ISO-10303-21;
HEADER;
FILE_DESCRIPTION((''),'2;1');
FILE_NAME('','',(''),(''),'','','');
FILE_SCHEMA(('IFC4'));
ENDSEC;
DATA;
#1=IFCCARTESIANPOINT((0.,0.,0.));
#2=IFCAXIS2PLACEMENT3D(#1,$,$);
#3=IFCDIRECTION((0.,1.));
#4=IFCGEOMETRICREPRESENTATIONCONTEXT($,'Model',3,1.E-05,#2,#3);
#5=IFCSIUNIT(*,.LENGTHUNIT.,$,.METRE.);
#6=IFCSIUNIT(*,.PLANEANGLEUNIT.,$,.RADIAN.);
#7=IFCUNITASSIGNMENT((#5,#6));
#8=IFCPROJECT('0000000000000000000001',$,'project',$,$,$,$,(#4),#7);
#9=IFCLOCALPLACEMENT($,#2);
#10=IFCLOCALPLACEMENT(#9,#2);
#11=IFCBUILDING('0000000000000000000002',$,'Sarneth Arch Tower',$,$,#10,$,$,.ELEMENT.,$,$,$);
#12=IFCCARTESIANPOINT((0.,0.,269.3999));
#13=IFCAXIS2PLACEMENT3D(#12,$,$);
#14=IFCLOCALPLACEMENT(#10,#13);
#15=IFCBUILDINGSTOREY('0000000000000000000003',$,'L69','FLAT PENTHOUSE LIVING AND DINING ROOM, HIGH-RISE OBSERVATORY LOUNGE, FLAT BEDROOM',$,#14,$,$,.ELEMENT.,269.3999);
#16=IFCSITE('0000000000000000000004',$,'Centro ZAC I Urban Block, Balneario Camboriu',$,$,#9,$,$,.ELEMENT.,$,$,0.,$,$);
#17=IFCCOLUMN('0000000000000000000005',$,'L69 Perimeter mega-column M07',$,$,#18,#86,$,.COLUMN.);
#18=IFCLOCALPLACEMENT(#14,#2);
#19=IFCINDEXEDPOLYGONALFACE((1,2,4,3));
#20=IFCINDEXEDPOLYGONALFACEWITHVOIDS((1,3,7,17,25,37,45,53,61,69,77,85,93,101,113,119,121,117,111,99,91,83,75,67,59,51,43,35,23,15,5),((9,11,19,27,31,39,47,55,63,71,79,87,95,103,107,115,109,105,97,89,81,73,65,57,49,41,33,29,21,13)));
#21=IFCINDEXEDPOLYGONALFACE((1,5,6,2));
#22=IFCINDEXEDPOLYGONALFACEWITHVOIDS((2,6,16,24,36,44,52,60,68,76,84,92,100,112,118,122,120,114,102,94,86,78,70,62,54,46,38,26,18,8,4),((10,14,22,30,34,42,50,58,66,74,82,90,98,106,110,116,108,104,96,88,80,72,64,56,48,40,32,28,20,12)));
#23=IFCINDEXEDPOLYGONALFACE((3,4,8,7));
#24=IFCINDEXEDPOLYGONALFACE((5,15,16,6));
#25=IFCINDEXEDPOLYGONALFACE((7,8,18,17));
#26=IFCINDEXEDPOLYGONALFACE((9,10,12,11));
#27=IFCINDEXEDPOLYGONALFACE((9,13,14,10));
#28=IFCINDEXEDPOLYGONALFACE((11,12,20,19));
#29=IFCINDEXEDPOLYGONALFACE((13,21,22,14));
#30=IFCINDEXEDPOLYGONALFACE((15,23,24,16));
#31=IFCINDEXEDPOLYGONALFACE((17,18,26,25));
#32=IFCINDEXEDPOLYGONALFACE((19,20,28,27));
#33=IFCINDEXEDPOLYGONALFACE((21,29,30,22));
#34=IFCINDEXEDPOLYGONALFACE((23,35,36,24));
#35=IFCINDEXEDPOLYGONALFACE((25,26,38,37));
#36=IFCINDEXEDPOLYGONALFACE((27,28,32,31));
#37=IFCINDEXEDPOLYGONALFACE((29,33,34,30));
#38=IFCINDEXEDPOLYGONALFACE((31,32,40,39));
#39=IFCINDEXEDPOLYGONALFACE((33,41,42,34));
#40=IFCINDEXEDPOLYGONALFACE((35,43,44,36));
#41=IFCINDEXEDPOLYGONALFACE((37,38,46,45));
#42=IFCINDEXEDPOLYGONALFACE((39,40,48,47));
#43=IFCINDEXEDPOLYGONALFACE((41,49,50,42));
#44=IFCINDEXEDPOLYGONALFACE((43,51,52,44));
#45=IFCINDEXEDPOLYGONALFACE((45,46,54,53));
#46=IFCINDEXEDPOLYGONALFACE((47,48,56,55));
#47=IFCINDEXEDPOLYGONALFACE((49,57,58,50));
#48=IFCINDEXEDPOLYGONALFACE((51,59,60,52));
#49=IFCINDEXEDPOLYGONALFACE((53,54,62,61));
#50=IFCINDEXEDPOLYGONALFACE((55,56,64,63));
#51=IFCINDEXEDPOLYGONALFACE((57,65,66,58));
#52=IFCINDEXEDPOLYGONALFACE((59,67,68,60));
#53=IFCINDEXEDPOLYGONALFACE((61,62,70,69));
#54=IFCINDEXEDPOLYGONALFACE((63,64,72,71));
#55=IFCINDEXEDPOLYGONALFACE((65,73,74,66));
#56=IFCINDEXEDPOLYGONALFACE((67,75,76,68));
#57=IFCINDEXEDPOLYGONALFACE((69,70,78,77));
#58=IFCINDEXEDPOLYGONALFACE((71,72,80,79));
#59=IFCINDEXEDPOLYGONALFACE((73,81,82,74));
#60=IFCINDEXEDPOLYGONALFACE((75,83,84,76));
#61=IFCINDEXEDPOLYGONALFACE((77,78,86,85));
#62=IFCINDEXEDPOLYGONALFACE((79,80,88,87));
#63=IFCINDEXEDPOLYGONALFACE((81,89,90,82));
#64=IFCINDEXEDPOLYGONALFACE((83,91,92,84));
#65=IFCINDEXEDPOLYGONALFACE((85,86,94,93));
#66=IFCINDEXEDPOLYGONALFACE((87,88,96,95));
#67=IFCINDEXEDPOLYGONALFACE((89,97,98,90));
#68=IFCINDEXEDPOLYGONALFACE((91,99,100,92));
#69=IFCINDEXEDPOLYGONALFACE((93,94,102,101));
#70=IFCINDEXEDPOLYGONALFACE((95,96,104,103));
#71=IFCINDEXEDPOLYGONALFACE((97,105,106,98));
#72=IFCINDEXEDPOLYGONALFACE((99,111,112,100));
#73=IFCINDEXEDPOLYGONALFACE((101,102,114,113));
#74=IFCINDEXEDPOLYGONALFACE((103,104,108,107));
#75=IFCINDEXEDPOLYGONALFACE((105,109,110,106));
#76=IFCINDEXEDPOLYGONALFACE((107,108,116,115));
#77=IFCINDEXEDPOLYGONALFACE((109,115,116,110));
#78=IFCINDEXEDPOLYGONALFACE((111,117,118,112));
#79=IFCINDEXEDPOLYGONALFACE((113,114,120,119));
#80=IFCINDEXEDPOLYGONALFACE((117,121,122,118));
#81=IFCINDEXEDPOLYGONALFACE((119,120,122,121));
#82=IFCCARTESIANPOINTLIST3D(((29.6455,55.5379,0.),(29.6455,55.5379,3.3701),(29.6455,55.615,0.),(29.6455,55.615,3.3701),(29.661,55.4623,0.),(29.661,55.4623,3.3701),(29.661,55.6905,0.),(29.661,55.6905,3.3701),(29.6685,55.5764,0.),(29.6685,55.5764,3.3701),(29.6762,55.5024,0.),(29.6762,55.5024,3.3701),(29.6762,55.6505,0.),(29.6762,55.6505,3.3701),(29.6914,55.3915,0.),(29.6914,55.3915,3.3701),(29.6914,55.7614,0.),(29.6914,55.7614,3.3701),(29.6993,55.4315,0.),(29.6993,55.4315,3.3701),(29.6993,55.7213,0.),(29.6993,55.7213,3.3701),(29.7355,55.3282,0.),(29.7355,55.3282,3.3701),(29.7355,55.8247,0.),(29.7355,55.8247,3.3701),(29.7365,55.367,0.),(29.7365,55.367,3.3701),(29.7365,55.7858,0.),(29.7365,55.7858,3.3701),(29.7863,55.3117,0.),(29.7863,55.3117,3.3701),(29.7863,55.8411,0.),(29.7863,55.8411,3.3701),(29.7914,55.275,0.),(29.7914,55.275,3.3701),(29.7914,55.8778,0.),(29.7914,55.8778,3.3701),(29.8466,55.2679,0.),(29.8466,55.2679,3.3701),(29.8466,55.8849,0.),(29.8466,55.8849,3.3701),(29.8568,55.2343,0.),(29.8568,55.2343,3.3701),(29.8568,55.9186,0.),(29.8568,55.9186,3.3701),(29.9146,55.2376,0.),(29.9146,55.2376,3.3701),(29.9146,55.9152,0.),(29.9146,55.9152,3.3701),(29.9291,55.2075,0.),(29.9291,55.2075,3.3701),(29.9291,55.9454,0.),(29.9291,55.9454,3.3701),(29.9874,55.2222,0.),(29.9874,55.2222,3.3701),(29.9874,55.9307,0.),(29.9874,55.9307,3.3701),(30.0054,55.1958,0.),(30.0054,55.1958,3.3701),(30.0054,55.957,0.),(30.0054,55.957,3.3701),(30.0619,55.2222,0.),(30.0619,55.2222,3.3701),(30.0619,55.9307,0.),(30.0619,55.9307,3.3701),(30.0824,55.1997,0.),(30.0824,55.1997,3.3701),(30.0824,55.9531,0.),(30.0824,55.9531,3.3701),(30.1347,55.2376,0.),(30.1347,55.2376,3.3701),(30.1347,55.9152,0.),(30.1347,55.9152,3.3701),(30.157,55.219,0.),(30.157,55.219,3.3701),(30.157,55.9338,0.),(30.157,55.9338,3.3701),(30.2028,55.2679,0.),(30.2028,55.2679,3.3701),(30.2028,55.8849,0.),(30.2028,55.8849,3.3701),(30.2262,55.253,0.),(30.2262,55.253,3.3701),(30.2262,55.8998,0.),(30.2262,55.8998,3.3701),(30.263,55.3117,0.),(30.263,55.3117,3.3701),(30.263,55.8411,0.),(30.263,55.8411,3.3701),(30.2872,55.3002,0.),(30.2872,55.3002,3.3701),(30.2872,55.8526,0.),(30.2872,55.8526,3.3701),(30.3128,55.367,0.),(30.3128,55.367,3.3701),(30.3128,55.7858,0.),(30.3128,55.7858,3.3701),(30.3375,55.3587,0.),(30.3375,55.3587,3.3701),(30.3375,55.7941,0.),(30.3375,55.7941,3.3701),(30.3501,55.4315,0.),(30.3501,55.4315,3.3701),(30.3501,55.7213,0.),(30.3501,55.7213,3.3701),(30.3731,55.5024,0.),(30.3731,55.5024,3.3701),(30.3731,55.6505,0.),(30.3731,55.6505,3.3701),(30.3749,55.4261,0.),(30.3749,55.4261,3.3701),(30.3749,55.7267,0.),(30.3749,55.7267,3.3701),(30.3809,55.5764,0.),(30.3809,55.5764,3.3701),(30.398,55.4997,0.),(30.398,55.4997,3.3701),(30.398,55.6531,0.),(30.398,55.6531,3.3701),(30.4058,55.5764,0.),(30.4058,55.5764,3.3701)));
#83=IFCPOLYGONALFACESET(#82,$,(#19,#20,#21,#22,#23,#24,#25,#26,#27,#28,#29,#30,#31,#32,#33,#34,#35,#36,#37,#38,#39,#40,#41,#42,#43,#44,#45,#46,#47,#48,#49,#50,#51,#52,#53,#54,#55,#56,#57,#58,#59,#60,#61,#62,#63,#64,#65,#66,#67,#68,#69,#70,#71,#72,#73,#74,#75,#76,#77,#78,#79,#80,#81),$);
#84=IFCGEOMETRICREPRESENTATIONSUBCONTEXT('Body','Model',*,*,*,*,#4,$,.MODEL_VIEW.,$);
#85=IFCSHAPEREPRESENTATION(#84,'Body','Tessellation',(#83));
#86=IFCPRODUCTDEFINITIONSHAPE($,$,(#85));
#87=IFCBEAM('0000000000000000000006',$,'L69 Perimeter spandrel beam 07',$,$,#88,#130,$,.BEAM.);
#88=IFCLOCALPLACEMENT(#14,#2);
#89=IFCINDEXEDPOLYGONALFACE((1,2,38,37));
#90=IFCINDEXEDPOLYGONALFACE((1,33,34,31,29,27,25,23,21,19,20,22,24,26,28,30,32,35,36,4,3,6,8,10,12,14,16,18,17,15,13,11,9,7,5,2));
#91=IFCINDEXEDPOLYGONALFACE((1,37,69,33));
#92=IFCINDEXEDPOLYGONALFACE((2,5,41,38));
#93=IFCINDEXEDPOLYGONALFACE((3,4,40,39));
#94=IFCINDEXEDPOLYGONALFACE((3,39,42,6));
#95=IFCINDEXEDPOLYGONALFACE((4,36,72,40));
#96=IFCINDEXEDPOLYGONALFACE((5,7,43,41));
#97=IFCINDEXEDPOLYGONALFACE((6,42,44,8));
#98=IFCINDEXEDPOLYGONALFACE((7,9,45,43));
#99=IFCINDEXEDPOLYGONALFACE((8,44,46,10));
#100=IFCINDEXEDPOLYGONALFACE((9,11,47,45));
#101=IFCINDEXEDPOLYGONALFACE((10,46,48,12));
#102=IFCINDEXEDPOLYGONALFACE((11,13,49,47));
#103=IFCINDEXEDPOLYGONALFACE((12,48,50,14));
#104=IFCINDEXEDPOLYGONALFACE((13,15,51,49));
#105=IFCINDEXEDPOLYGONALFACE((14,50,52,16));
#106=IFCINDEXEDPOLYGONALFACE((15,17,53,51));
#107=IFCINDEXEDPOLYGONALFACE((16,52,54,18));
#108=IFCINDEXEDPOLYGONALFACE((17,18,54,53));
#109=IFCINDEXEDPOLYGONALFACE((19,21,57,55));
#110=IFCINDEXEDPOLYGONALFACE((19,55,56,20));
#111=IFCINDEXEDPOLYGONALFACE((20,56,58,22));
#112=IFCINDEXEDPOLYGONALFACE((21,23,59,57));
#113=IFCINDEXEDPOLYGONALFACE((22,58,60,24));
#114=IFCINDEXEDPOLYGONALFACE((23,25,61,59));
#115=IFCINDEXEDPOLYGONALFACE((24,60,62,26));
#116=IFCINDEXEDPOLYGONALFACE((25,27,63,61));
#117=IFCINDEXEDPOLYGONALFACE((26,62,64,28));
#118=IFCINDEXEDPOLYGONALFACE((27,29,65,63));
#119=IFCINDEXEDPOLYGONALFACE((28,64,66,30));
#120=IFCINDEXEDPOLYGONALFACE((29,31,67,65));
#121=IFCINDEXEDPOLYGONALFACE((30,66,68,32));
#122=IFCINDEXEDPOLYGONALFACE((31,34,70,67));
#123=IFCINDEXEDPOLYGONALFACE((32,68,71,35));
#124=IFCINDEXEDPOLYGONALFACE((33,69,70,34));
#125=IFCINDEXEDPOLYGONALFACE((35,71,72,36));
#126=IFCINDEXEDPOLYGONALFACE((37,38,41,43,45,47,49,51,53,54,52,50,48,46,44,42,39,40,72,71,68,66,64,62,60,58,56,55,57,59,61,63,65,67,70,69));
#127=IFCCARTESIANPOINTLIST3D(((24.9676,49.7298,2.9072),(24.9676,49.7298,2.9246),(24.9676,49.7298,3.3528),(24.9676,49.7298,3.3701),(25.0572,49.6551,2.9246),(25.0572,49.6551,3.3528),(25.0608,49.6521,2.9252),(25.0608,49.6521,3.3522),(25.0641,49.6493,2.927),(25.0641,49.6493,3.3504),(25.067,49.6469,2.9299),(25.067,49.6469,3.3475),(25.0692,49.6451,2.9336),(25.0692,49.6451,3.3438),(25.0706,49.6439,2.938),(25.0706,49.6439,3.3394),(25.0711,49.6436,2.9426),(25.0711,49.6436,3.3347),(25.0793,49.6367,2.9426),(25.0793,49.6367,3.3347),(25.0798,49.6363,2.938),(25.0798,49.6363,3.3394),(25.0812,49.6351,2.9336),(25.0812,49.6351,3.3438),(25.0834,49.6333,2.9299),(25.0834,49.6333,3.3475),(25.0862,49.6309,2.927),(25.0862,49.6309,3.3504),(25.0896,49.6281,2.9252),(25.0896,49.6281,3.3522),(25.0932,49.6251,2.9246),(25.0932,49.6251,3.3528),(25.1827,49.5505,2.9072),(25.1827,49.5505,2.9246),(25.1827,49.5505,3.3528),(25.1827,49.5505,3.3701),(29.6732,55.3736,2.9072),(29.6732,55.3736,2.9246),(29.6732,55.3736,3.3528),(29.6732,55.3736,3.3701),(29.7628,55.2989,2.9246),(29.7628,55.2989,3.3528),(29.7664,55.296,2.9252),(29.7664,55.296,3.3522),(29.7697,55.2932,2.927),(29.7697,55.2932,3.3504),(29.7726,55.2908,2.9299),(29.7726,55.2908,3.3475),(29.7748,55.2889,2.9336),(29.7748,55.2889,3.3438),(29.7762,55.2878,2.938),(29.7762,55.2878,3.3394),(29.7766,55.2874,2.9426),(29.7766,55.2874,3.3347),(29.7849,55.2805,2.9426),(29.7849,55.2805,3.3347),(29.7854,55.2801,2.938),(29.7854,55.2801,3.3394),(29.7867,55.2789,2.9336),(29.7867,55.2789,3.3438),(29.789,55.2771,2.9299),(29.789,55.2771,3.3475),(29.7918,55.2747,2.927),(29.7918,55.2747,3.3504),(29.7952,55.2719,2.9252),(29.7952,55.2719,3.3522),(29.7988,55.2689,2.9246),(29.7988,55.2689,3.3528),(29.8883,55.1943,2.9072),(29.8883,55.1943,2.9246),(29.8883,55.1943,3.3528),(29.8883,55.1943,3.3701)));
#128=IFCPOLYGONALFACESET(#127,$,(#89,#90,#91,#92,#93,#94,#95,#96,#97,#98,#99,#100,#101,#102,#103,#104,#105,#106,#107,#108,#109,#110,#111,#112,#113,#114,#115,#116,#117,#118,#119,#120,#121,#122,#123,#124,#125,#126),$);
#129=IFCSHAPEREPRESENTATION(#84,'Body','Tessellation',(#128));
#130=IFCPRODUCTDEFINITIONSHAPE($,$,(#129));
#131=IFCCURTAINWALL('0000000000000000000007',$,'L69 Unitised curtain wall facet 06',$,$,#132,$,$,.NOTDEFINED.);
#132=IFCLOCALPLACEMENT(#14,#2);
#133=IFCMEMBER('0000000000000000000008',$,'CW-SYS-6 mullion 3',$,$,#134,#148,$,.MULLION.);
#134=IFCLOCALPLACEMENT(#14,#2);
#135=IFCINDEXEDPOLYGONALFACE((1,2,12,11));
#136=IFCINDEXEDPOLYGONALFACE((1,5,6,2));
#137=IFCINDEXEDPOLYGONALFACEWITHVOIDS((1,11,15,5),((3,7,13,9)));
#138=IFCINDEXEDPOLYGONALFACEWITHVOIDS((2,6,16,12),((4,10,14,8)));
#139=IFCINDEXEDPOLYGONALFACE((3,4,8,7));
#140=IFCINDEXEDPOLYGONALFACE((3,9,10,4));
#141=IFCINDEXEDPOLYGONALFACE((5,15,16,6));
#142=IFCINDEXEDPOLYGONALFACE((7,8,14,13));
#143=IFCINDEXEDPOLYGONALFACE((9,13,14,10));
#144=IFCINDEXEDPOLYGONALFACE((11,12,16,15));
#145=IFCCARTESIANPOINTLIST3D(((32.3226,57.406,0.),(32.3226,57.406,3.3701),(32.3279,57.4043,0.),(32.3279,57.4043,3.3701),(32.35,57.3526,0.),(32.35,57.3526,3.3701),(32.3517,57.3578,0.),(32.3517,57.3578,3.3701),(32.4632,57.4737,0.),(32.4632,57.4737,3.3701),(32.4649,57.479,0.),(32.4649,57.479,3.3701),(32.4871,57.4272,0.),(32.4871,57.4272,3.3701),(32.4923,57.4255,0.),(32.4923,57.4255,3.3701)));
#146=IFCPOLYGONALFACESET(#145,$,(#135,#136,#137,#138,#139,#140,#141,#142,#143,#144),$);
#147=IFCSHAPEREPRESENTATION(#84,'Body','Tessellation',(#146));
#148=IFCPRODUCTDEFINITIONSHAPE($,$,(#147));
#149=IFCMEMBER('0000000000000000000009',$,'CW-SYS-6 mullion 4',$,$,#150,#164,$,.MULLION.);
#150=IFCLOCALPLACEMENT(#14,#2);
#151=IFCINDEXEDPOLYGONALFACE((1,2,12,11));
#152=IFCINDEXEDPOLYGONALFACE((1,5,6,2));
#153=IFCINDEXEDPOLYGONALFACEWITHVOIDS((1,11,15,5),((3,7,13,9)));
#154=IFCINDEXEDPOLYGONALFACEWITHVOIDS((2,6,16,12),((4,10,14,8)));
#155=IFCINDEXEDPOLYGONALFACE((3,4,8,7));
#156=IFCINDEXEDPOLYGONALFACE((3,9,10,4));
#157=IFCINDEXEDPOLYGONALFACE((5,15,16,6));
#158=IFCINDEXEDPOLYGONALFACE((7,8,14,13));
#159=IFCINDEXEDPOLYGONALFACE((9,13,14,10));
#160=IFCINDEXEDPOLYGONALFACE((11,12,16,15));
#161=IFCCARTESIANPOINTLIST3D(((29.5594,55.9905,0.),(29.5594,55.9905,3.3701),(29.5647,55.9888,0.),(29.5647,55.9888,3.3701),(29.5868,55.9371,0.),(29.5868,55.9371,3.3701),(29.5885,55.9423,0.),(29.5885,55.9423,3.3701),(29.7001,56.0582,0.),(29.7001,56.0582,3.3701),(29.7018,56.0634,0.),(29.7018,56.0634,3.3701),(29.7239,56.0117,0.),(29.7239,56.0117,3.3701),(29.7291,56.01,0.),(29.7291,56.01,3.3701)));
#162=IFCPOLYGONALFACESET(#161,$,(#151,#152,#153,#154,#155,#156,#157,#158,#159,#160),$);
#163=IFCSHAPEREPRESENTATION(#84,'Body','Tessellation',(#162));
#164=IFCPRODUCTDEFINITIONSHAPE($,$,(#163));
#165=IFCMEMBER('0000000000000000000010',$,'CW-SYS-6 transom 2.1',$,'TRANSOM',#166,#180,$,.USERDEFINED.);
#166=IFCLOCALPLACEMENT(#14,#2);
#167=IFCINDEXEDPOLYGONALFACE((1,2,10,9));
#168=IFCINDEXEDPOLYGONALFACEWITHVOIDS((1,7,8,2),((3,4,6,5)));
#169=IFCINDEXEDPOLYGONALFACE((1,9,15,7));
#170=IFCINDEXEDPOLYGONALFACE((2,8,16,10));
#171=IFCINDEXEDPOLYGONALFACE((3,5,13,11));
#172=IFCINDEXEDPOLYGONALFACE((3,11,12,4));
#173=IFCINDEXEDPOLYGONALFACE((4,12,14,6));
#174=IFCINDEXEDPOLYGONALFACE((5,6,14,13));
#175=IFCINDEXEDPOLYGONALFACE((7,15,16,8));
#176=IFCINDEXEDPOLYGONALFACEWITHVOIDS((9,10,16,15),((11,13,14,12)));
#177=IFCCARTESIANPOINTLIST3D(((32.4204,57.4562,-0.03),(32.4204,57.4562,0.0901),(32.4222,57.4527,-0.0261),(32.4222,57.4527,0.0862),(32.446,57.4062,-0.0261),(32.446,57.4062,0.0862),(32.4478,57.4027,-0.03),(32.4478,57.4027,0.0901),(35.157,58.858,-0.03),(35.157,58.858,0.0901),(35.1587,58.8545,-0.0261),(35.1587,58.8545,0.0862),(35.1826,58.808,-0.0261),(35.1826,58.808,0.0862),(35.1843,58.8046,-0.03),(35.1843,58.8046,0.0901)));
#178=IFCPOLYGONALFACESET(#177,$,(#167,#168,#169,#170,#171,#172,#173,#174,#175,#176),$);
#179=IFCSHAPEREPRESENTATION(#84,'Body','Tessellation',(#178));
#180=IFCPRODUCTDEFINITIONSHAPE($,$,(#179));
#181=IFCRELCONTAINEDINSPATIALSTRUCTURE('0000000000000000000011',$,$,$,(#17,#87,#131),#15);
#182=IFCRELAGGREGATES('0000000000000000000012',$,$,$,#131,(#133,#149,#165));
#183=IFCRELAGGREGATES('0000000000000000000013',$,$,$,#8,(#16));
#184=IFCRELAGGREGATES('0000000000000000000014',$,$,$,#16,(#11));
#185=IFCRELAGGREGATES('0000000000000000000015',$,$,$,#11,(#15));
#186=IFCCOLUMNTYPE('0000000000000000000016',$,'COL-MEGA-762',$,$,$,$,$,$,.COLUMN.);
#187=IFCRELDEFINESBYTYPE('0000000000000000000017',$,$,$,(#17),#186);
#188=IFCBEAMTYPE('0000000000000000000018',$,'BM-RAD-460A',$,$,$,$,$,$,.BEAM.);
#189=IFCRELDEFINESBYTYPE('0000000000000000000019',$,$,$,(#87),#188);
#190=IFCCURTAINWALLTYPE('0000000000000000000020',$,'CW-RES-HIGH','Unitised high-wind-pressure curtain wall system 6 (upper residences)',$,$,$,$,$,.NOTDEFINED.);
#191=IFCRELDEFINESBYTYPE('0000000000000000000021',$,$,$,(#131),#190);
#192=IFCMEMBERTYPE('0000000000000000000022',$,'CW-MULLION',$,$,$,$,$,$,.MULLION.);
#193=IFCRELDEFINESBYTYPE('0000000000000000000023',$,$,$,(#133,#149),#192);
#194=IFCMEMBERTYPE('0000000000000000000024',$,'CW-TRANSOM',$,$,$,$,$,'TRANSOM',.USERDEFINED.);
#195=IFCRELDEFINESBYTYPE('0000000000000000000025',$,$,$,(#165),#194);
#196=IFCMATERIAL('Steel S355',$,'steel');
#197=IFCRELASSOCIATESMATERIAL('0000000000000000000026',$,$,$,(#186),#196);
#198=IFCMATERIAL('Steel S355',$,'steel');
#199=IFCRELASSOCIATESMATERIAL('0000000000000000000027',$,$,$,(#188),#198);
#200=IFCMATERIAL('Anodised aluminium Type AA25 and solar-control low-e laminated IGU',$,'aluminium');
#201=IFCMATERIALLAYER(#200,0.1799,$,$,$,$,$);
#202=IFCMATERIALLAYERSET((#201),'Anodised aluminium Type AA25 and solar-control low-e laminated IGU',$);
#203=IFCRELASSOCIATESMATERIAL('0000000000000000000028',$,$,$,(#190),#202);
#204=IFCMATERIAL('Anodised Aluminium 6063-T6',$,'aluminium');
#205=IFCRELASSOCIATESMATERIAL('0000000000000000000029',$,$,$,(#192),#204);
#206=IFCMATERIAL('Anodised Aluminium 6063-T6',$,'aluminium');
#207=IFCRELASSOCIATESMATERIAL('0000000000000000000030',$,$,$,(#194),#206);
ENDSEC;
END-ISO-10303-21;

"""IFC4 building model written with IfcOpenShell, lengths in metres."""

from ifc_helpers import new_model, si_unit, direction, frame, origin, origin_2d, place, context, subcontext, project, spatial, hollow_rectangle, hollow_circle, i_section, extrude, material, layer, layer_set, material_profile, profile_set, type_object, element, aggregate, save


model = new_model("IFC4")

# Units and contexts
model_context = context("Model", 3, precision=1e-05, world=origin(), true_north=direction((0.0, 1.0)))
body_context = subcontext(model_context, "Body", "Model", "MODEL_VIEW")
ifc_project = project(units=[si_unit("LENGTHUNIT", "METRE"), si_unit("PLANEANGLEUNIT", "RADIAN")], contexts=[model_context])

# Site, building, storey
site_placement = place(None, origin())
site = spatial("IfcSite", under=ifc_project, at=site_placement, Name="Centro ZAC I Urban Block, Balneario Camboriu", CompositionType="ELEMENT", RefElevation=0.0)
building_placement = place(site_placement, origin())
building = spatial("IfcBuilding", under=site, at=building_placement, Name="Sarneth Arch Tower", CompositionType="ELEMENT")
storey_placement = place(building_placement, frame((0.0, 0.0, 269.3999)))
storey = spatial("IfcBuildingStorey", under=building, at=storey_placement, Name="L69", Description="FLAT PENTHOUSE LIVING AND DINING ROOM, HIGH-RISE OBSERVATORY LOUNGE, FLAT BEDROOM", CompositionType="ELEMENT", Elevation=269.3999)

# Column
ifc_material_1 = material(Name="Steel S355", Category="steel")
ifc_material_profile_1 = material_profile(ifc_material_1, hollow_circle(Radius=0.3811, WallThickness=0.0249, at=origin_2d()), Name="CHS762x25")
ifc_profile_set_1 = profile_set([ifc_material_profile_1], Name="Steel S355")
column_type = type_object("IfcColumnType", Name="COL-MEGA-762", PredefinedType="COLUMN", material=ifc_profile_set_1)
column_placement = place(storey_placement, frame((30.0247, 55.5764, 0.0), z_axis=(0.0, 0.0, 1.0), x_axis=(1.0, 0.0, 0.0)))
element("IfcColumn", 1, at=column_placement, inside=storey, type_object=column_type, Name="L69 Perimeter mega-column M07", PredefinedType="COLUMN", context=body_context, shape_type="SweptSolid", body=[
    extrude(hollow_circle(Radius=0.3811, WallThickness=0.0249, at=origin_2d()), origin(), (0.0, 0.0, 1.0), 3.3701),
])

# Beam
ifc_material_2 = material(Name="Steel S355", Category="steel")
ifc_material_profile_2 = material_profile(ifc_material_2, i_section(OverallWidth=0.28, OverallDepth=0.4629, WebThickness=0.0107, FlangeThickness=0.0173, FilletRadius=0.0181, at=origin_2d()), Name="W460x113")
ifc_profile_set_2 = profile_set([ifc_material_profile_2], Name="Steel S355")
beam_type = type_object("IfcBeamType", Name="BM-RAD-460A", PredefinedType="BEAM", material=ifc_profile_set_2)
beam_placement = place(storey_placement, frame((29.7808, 55.2839, 3.1387), z_axis=(-0.640377, -0.768061, 0.0), x_axis=(0.768061, -0.640377, 0.0)))
element("IfcBeam", 2, at=beam_placement, inside=storey, type_object=beam_type, Name="L69 Perimeter spandrel beam 07", PredefinedType="BEAM", context=body_context, shape_type="SweptSolid", body=[
    extrude(i_section(OverallWidth=0.28, OverallDepth=0.4629, WebThickness=0.0107, FlangeThickness=0.0173, FilletRadius=0.0181, at=origin_2d()), origin(), (0.0, 0.0, 1.0), 7.3481),
])

# Curtain wall, members
ifc_material_3 = material(Name="Anodised aluminium Type AA25 and solar-control low-e laminated IGU", Category="aluminium")
ifc_layer_1 = layer(ifc_material_3, 0.1799)
ifc_layer_set_1 = layer_set([ifc_layer_1], Name="Anodised aluminium Type AA25 and solar-control low-e laminated IGU")
curtain_wall_type = type_object("IfcCurtainWallType", Name="CW-RES-HIGH", Description="Unitised high-wind-pressure curtain wall system 6 (upper residences)", PredefinedType="NOTDEFINED", material=ifc_layer_set_1)
curtain_wall_placement = place(storey_placement, origin())
curtain_wall = element("IfcCurtainWall", 3, at=curtain_wall_placement, inside=storey, type_object=curtain_wall_type, Name="L69 Unitised curtain wall facet 06", PredefinedType="NOTDEFINED")
ifc_material_4 = material(Name="Anodised Aluminium 6063-T6", Category="aluminium")
ifc_material_profile_3 = material_profile(ifc_material_4, hollow_rectangle(XDim=0.0601, YDim=0.1599, WallThickness=0.0039, at=origin_2d()), Name="AL-MULL-160x60x4")
ifc_profile_set_3 = profile_set([ifc_material_profile_3], Name="Anodised Aluminium 6063-T6")
member_type_1 = type_object("IfcMemberType", Name="CW-MULLION", PredefinedType="MULLION", material=ifc_profile_set_3)
member_1_placement = place(storey_placement, frame((32.4075, 57.4158, 0.0), z_axis=(0.0, 0.0, 1.0), x_axis=(0.455942, -0.89001, 0.0)))
member_1 = element("IfcMember", 4, at=member_1_placement, type_object=member_type_1, Name="CW-SYS-6 mullion 3", PredefinedType="MULLION", context=body_context, shape_type="SweptSolid", body=[
    extrude(hollow_rectangle(XDim=0.0601, YDim=0.1599, WallThickness=0.0039, at=origin_2d()), origin(), (0.0, 0.0, 1.0), 3.3701),
])
member_2_placement = place(storey_placement, frame((29.6443, 56.0002, 0.0), z_axis=(0.0, 0.0, 1.0), x_axis=(0.455942, -0.89001, 0.0)))
member_2 = element("IfcMember", 5, at=member_2_placement, type_object=member_type_1, Name="CW-SYS-6 mullion 4", PredefinedType="MULLION", context=body_context, shape_type="SweptSolid", body=[
    extrude(hollow_rectangle(XDim=0.0601, YDim=0.1599, WallThickness=0.0039, at=origin_2d()), origin(), (0.0, 0.0, 1.0), 3.3701),
])
ifc_material_5 = material(Name="Anodised Aluminium 6063-T6", Category="aluminium")
ifc_material_profile_4 = material_profile(ifc_material_5, hollow_rectangle(XDim=0.0601, YDim=0.1201, WallThickness=0.0039, at=origin_2d()), Name="AL-TRAN-120x60x4")
ifc_profile_set_4 = profile_set([ifc_material_profile_4], Name="Anodised Aluminium 6063-T6")
member_type_2 = type_object("IfcMemberType", Name="CW-TRANSOM", ElementType="TRANSOM", PredefinedType="USERDEFINED", material=ifc_profile_set_4)
member_3_placement = place(storey_placement, frame((35.1707, 58.8313, 0.03), z_axis=(-0.890017, -0.455926, 0.0), x_axis=(0.455926, -0.890017, 0.0)))
member_3 = element("IfcMember", 6, at=member_3_placement, type_object=member_type_2, Name="CW-SYS-6 transom 2.1", ObjectType="TRANSOM", PredefinedType="USERDEFINED", context=body_context, shape_type="SweptSolid", body=[
    extrude(hollow_rectangle(XDim=0.0601, YDim=0.1201, WallThickness=0.0039, at=origin_2d()), origin(), (0.0, 0.0, 1.0), 3.0747),
])

aggregate(curtain_wall, [member_1, member_2, member_3])

save(model, "model.ifc")
